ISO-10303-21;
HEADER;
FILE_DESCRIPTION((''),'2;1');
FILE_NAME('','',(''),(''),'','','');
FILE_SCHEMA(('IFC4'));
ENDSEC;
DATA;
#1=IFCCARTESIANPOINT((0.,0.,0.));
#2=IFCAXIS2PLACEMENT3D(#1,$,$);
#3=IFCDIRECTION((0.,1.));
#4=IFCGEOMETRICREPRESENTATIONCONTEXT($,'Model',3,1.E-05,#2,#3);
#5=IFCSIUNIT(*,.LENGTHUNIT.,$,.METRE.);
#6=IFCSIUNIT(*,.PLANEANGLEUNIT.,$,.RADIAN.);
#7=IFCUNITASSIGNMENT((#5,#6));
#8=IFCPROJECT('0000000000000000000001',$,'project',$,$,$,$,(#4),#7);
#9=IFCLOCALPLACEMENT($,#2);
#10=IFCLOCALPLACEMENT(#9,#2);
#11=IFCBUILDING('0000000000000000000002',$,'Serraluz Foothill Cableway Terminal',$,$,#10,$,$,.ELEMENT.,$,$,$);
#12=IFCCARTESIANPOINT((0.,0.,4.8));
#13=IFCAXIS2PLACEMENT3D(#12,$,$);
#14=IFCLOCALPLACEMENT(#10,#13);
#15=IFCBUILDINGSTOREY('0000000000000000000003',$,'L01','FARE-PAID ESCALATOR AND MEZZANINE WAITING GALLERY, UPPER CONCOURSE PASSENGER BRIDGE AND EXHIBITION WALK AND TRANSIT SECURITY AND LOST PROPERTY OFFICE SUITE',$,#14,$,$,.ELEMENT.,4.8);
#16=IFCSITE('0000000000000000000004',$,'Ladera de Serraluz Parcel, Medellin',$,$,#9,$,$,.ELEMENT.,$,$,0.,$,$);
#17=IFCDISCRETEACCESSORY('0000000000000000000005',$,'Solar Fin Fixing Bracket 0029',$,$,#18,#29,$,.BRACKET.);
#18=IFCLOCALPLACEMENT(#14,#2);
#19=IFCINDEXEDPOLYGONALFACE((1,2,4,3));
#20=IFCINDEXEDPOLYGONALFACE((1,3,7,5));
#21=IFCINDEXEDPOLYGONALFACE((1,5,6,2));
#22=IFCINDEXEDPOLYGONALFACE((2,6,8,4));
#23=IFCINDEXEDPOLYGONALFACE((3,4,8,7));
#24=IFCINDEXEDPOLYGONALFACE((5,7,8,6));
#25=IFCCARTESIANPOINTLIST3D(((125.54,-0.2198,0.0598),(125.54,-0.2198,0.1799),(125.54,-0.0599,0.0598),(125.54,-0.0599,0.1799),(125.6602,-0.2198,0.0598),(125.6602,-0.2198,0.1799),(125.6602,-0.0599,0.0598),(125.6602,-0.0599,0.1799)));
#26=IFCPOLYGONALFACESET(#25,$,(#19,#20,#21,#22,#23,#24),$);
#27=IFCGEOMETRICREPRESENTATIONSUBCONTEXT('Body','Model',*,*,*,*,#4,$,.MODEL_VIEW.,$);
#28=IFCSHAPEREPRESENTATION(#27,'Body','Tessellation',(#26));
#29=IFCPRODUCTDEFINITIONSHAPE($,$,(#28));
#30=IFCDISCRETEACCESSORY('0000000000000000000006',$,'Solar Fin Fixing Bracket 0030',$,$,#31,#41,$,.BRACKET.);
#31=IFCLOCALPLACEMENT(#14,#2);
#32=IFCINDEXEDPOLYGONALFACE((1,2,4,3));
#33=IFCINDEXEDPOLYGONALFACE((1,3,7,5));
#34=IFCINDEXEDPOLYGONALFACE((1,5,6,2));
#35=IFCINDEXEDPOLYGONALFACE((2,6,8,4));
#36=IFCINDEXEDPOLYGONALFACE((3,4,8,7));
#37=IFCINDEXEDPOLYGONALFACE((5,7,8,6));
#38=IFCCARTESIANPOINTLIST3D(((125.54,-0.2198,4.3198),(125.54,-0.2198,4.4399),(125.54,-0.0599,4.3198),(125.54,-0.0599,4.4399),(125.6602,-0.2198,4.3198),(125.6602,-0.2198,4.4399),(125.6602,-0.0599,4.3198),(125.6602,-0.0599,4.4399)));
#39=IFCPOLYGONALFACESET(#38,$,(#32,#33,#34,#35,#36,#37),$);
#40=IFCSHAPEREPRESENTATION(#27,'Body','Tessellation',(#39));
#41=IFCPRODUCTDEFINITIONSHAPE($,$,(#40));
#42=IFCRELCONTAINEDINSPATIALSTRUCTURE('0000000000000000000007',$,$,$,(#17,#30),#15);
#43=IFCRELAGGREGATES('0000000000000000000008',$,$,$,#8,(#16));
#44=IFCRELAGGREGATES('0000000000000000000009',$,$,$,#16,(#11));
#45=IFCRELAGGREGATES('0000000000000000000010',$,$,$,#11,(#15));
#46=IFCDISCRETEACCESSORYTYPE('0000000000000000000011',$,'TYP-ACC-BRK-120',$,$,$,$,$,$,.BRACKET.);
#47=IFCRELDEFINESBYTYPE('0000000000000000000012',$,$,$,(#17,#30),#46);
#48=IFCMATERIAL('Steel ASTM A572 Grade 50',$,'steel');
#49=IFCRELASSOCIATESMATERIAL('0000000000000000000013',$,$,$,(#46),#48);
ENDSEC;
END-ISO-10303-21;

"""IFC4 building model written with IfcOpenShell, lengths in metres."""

from ifc_helpers import new_model, si_unit, direction, frame, origin, origin_2d, place, context, subcontext, project, spatial, rectangle, extrude, material, type_object, element, save


model = new_model("IFC4")

# Units and contexts
model_context = context("Model", 3, precision=1e-05, world=origin(), true_north=direction((0.0, 1.0)))
body_context = subcontext(model_context, "Body", "Model", "MODEL_VIEW")
ifc_project = project(units=[si_unit("LENGTHUNIT", "METRE"), si_unit("PLANEANGLEUNIT", "RADIAN")], contexts=[model_context])

# Site, building, storey
site_placement = place(None, origin())
site = spatial("IfcSite", under=ifc_project, at=site_placement, Name="Ladera de Serraluz Parcel, Medellin", CompositionType="ELEMENT", RefElevation=0.0)
building_placement = place(site_placement, origin())
building = spatial("IfcBuilding", under=site, at=building_placement, Name="Serraluz Foothill Cableway Terminal", CompositionType="ELEMENT")
storey_placement = place(building_placement, frame((0.0, 0.0, 4.8)))
storey = spatial("IfcBuildingStorey", under=building, at=storey_placement, Name="L01", Description="FARE-PAID ESCALATOR AND MEZZANINE WAITING GALLERY, UPPER CONCOURSE PASSENGER BRIDGE AND EXHIBITION WALK AND TRANSIT SECURITY AND LOST PROPERTY OFFICE SUITE", CompositionType="ELEMENT", Elevation=4.8)

# Discrete accessories
ifc_material_1 = material(Name="Steel ASTM A572 Grade 50", Category="steel")
discrete_accessory_type = type_object("IfcDiscreteAccessoryType", Name="TYP-ACC-BRK-120", PredefinedType="BRACKET", material=ifc_material_1)
for number, where, z_axis, x_axis, name in (
    (1, (125.6001, -0.1399, 0.0598), (0.0, 0.0, 1.0), (1.0, 0.0, 0.0), "Solar Fin Fixing Bracket 0029"),
    (2, (125.6001, -0.1399, 4.3198), (0.0, 0.0, 1.0), (1.0, 0.0, 0.0), "Solar Fin Fixing Bracket 0030"),
):
    element("IfcDiscreteAccessory", number, at=place(storey_placement, frame(where, z_axis=z_axis, x_axis=x_axis)), inside=storey, type_object=discrete_accessory_type, Name=name, PredefinedType="BRACKET", context=body_context, shape_type="SweptSolid", body=[
        extrude(rectangle(XDim=0.1201, YDim=0.1599, at=origin_2d()), origin(), (0.0, 0.0, 1.0), 0.1201),
    ])

save(model, "model.ifc")
